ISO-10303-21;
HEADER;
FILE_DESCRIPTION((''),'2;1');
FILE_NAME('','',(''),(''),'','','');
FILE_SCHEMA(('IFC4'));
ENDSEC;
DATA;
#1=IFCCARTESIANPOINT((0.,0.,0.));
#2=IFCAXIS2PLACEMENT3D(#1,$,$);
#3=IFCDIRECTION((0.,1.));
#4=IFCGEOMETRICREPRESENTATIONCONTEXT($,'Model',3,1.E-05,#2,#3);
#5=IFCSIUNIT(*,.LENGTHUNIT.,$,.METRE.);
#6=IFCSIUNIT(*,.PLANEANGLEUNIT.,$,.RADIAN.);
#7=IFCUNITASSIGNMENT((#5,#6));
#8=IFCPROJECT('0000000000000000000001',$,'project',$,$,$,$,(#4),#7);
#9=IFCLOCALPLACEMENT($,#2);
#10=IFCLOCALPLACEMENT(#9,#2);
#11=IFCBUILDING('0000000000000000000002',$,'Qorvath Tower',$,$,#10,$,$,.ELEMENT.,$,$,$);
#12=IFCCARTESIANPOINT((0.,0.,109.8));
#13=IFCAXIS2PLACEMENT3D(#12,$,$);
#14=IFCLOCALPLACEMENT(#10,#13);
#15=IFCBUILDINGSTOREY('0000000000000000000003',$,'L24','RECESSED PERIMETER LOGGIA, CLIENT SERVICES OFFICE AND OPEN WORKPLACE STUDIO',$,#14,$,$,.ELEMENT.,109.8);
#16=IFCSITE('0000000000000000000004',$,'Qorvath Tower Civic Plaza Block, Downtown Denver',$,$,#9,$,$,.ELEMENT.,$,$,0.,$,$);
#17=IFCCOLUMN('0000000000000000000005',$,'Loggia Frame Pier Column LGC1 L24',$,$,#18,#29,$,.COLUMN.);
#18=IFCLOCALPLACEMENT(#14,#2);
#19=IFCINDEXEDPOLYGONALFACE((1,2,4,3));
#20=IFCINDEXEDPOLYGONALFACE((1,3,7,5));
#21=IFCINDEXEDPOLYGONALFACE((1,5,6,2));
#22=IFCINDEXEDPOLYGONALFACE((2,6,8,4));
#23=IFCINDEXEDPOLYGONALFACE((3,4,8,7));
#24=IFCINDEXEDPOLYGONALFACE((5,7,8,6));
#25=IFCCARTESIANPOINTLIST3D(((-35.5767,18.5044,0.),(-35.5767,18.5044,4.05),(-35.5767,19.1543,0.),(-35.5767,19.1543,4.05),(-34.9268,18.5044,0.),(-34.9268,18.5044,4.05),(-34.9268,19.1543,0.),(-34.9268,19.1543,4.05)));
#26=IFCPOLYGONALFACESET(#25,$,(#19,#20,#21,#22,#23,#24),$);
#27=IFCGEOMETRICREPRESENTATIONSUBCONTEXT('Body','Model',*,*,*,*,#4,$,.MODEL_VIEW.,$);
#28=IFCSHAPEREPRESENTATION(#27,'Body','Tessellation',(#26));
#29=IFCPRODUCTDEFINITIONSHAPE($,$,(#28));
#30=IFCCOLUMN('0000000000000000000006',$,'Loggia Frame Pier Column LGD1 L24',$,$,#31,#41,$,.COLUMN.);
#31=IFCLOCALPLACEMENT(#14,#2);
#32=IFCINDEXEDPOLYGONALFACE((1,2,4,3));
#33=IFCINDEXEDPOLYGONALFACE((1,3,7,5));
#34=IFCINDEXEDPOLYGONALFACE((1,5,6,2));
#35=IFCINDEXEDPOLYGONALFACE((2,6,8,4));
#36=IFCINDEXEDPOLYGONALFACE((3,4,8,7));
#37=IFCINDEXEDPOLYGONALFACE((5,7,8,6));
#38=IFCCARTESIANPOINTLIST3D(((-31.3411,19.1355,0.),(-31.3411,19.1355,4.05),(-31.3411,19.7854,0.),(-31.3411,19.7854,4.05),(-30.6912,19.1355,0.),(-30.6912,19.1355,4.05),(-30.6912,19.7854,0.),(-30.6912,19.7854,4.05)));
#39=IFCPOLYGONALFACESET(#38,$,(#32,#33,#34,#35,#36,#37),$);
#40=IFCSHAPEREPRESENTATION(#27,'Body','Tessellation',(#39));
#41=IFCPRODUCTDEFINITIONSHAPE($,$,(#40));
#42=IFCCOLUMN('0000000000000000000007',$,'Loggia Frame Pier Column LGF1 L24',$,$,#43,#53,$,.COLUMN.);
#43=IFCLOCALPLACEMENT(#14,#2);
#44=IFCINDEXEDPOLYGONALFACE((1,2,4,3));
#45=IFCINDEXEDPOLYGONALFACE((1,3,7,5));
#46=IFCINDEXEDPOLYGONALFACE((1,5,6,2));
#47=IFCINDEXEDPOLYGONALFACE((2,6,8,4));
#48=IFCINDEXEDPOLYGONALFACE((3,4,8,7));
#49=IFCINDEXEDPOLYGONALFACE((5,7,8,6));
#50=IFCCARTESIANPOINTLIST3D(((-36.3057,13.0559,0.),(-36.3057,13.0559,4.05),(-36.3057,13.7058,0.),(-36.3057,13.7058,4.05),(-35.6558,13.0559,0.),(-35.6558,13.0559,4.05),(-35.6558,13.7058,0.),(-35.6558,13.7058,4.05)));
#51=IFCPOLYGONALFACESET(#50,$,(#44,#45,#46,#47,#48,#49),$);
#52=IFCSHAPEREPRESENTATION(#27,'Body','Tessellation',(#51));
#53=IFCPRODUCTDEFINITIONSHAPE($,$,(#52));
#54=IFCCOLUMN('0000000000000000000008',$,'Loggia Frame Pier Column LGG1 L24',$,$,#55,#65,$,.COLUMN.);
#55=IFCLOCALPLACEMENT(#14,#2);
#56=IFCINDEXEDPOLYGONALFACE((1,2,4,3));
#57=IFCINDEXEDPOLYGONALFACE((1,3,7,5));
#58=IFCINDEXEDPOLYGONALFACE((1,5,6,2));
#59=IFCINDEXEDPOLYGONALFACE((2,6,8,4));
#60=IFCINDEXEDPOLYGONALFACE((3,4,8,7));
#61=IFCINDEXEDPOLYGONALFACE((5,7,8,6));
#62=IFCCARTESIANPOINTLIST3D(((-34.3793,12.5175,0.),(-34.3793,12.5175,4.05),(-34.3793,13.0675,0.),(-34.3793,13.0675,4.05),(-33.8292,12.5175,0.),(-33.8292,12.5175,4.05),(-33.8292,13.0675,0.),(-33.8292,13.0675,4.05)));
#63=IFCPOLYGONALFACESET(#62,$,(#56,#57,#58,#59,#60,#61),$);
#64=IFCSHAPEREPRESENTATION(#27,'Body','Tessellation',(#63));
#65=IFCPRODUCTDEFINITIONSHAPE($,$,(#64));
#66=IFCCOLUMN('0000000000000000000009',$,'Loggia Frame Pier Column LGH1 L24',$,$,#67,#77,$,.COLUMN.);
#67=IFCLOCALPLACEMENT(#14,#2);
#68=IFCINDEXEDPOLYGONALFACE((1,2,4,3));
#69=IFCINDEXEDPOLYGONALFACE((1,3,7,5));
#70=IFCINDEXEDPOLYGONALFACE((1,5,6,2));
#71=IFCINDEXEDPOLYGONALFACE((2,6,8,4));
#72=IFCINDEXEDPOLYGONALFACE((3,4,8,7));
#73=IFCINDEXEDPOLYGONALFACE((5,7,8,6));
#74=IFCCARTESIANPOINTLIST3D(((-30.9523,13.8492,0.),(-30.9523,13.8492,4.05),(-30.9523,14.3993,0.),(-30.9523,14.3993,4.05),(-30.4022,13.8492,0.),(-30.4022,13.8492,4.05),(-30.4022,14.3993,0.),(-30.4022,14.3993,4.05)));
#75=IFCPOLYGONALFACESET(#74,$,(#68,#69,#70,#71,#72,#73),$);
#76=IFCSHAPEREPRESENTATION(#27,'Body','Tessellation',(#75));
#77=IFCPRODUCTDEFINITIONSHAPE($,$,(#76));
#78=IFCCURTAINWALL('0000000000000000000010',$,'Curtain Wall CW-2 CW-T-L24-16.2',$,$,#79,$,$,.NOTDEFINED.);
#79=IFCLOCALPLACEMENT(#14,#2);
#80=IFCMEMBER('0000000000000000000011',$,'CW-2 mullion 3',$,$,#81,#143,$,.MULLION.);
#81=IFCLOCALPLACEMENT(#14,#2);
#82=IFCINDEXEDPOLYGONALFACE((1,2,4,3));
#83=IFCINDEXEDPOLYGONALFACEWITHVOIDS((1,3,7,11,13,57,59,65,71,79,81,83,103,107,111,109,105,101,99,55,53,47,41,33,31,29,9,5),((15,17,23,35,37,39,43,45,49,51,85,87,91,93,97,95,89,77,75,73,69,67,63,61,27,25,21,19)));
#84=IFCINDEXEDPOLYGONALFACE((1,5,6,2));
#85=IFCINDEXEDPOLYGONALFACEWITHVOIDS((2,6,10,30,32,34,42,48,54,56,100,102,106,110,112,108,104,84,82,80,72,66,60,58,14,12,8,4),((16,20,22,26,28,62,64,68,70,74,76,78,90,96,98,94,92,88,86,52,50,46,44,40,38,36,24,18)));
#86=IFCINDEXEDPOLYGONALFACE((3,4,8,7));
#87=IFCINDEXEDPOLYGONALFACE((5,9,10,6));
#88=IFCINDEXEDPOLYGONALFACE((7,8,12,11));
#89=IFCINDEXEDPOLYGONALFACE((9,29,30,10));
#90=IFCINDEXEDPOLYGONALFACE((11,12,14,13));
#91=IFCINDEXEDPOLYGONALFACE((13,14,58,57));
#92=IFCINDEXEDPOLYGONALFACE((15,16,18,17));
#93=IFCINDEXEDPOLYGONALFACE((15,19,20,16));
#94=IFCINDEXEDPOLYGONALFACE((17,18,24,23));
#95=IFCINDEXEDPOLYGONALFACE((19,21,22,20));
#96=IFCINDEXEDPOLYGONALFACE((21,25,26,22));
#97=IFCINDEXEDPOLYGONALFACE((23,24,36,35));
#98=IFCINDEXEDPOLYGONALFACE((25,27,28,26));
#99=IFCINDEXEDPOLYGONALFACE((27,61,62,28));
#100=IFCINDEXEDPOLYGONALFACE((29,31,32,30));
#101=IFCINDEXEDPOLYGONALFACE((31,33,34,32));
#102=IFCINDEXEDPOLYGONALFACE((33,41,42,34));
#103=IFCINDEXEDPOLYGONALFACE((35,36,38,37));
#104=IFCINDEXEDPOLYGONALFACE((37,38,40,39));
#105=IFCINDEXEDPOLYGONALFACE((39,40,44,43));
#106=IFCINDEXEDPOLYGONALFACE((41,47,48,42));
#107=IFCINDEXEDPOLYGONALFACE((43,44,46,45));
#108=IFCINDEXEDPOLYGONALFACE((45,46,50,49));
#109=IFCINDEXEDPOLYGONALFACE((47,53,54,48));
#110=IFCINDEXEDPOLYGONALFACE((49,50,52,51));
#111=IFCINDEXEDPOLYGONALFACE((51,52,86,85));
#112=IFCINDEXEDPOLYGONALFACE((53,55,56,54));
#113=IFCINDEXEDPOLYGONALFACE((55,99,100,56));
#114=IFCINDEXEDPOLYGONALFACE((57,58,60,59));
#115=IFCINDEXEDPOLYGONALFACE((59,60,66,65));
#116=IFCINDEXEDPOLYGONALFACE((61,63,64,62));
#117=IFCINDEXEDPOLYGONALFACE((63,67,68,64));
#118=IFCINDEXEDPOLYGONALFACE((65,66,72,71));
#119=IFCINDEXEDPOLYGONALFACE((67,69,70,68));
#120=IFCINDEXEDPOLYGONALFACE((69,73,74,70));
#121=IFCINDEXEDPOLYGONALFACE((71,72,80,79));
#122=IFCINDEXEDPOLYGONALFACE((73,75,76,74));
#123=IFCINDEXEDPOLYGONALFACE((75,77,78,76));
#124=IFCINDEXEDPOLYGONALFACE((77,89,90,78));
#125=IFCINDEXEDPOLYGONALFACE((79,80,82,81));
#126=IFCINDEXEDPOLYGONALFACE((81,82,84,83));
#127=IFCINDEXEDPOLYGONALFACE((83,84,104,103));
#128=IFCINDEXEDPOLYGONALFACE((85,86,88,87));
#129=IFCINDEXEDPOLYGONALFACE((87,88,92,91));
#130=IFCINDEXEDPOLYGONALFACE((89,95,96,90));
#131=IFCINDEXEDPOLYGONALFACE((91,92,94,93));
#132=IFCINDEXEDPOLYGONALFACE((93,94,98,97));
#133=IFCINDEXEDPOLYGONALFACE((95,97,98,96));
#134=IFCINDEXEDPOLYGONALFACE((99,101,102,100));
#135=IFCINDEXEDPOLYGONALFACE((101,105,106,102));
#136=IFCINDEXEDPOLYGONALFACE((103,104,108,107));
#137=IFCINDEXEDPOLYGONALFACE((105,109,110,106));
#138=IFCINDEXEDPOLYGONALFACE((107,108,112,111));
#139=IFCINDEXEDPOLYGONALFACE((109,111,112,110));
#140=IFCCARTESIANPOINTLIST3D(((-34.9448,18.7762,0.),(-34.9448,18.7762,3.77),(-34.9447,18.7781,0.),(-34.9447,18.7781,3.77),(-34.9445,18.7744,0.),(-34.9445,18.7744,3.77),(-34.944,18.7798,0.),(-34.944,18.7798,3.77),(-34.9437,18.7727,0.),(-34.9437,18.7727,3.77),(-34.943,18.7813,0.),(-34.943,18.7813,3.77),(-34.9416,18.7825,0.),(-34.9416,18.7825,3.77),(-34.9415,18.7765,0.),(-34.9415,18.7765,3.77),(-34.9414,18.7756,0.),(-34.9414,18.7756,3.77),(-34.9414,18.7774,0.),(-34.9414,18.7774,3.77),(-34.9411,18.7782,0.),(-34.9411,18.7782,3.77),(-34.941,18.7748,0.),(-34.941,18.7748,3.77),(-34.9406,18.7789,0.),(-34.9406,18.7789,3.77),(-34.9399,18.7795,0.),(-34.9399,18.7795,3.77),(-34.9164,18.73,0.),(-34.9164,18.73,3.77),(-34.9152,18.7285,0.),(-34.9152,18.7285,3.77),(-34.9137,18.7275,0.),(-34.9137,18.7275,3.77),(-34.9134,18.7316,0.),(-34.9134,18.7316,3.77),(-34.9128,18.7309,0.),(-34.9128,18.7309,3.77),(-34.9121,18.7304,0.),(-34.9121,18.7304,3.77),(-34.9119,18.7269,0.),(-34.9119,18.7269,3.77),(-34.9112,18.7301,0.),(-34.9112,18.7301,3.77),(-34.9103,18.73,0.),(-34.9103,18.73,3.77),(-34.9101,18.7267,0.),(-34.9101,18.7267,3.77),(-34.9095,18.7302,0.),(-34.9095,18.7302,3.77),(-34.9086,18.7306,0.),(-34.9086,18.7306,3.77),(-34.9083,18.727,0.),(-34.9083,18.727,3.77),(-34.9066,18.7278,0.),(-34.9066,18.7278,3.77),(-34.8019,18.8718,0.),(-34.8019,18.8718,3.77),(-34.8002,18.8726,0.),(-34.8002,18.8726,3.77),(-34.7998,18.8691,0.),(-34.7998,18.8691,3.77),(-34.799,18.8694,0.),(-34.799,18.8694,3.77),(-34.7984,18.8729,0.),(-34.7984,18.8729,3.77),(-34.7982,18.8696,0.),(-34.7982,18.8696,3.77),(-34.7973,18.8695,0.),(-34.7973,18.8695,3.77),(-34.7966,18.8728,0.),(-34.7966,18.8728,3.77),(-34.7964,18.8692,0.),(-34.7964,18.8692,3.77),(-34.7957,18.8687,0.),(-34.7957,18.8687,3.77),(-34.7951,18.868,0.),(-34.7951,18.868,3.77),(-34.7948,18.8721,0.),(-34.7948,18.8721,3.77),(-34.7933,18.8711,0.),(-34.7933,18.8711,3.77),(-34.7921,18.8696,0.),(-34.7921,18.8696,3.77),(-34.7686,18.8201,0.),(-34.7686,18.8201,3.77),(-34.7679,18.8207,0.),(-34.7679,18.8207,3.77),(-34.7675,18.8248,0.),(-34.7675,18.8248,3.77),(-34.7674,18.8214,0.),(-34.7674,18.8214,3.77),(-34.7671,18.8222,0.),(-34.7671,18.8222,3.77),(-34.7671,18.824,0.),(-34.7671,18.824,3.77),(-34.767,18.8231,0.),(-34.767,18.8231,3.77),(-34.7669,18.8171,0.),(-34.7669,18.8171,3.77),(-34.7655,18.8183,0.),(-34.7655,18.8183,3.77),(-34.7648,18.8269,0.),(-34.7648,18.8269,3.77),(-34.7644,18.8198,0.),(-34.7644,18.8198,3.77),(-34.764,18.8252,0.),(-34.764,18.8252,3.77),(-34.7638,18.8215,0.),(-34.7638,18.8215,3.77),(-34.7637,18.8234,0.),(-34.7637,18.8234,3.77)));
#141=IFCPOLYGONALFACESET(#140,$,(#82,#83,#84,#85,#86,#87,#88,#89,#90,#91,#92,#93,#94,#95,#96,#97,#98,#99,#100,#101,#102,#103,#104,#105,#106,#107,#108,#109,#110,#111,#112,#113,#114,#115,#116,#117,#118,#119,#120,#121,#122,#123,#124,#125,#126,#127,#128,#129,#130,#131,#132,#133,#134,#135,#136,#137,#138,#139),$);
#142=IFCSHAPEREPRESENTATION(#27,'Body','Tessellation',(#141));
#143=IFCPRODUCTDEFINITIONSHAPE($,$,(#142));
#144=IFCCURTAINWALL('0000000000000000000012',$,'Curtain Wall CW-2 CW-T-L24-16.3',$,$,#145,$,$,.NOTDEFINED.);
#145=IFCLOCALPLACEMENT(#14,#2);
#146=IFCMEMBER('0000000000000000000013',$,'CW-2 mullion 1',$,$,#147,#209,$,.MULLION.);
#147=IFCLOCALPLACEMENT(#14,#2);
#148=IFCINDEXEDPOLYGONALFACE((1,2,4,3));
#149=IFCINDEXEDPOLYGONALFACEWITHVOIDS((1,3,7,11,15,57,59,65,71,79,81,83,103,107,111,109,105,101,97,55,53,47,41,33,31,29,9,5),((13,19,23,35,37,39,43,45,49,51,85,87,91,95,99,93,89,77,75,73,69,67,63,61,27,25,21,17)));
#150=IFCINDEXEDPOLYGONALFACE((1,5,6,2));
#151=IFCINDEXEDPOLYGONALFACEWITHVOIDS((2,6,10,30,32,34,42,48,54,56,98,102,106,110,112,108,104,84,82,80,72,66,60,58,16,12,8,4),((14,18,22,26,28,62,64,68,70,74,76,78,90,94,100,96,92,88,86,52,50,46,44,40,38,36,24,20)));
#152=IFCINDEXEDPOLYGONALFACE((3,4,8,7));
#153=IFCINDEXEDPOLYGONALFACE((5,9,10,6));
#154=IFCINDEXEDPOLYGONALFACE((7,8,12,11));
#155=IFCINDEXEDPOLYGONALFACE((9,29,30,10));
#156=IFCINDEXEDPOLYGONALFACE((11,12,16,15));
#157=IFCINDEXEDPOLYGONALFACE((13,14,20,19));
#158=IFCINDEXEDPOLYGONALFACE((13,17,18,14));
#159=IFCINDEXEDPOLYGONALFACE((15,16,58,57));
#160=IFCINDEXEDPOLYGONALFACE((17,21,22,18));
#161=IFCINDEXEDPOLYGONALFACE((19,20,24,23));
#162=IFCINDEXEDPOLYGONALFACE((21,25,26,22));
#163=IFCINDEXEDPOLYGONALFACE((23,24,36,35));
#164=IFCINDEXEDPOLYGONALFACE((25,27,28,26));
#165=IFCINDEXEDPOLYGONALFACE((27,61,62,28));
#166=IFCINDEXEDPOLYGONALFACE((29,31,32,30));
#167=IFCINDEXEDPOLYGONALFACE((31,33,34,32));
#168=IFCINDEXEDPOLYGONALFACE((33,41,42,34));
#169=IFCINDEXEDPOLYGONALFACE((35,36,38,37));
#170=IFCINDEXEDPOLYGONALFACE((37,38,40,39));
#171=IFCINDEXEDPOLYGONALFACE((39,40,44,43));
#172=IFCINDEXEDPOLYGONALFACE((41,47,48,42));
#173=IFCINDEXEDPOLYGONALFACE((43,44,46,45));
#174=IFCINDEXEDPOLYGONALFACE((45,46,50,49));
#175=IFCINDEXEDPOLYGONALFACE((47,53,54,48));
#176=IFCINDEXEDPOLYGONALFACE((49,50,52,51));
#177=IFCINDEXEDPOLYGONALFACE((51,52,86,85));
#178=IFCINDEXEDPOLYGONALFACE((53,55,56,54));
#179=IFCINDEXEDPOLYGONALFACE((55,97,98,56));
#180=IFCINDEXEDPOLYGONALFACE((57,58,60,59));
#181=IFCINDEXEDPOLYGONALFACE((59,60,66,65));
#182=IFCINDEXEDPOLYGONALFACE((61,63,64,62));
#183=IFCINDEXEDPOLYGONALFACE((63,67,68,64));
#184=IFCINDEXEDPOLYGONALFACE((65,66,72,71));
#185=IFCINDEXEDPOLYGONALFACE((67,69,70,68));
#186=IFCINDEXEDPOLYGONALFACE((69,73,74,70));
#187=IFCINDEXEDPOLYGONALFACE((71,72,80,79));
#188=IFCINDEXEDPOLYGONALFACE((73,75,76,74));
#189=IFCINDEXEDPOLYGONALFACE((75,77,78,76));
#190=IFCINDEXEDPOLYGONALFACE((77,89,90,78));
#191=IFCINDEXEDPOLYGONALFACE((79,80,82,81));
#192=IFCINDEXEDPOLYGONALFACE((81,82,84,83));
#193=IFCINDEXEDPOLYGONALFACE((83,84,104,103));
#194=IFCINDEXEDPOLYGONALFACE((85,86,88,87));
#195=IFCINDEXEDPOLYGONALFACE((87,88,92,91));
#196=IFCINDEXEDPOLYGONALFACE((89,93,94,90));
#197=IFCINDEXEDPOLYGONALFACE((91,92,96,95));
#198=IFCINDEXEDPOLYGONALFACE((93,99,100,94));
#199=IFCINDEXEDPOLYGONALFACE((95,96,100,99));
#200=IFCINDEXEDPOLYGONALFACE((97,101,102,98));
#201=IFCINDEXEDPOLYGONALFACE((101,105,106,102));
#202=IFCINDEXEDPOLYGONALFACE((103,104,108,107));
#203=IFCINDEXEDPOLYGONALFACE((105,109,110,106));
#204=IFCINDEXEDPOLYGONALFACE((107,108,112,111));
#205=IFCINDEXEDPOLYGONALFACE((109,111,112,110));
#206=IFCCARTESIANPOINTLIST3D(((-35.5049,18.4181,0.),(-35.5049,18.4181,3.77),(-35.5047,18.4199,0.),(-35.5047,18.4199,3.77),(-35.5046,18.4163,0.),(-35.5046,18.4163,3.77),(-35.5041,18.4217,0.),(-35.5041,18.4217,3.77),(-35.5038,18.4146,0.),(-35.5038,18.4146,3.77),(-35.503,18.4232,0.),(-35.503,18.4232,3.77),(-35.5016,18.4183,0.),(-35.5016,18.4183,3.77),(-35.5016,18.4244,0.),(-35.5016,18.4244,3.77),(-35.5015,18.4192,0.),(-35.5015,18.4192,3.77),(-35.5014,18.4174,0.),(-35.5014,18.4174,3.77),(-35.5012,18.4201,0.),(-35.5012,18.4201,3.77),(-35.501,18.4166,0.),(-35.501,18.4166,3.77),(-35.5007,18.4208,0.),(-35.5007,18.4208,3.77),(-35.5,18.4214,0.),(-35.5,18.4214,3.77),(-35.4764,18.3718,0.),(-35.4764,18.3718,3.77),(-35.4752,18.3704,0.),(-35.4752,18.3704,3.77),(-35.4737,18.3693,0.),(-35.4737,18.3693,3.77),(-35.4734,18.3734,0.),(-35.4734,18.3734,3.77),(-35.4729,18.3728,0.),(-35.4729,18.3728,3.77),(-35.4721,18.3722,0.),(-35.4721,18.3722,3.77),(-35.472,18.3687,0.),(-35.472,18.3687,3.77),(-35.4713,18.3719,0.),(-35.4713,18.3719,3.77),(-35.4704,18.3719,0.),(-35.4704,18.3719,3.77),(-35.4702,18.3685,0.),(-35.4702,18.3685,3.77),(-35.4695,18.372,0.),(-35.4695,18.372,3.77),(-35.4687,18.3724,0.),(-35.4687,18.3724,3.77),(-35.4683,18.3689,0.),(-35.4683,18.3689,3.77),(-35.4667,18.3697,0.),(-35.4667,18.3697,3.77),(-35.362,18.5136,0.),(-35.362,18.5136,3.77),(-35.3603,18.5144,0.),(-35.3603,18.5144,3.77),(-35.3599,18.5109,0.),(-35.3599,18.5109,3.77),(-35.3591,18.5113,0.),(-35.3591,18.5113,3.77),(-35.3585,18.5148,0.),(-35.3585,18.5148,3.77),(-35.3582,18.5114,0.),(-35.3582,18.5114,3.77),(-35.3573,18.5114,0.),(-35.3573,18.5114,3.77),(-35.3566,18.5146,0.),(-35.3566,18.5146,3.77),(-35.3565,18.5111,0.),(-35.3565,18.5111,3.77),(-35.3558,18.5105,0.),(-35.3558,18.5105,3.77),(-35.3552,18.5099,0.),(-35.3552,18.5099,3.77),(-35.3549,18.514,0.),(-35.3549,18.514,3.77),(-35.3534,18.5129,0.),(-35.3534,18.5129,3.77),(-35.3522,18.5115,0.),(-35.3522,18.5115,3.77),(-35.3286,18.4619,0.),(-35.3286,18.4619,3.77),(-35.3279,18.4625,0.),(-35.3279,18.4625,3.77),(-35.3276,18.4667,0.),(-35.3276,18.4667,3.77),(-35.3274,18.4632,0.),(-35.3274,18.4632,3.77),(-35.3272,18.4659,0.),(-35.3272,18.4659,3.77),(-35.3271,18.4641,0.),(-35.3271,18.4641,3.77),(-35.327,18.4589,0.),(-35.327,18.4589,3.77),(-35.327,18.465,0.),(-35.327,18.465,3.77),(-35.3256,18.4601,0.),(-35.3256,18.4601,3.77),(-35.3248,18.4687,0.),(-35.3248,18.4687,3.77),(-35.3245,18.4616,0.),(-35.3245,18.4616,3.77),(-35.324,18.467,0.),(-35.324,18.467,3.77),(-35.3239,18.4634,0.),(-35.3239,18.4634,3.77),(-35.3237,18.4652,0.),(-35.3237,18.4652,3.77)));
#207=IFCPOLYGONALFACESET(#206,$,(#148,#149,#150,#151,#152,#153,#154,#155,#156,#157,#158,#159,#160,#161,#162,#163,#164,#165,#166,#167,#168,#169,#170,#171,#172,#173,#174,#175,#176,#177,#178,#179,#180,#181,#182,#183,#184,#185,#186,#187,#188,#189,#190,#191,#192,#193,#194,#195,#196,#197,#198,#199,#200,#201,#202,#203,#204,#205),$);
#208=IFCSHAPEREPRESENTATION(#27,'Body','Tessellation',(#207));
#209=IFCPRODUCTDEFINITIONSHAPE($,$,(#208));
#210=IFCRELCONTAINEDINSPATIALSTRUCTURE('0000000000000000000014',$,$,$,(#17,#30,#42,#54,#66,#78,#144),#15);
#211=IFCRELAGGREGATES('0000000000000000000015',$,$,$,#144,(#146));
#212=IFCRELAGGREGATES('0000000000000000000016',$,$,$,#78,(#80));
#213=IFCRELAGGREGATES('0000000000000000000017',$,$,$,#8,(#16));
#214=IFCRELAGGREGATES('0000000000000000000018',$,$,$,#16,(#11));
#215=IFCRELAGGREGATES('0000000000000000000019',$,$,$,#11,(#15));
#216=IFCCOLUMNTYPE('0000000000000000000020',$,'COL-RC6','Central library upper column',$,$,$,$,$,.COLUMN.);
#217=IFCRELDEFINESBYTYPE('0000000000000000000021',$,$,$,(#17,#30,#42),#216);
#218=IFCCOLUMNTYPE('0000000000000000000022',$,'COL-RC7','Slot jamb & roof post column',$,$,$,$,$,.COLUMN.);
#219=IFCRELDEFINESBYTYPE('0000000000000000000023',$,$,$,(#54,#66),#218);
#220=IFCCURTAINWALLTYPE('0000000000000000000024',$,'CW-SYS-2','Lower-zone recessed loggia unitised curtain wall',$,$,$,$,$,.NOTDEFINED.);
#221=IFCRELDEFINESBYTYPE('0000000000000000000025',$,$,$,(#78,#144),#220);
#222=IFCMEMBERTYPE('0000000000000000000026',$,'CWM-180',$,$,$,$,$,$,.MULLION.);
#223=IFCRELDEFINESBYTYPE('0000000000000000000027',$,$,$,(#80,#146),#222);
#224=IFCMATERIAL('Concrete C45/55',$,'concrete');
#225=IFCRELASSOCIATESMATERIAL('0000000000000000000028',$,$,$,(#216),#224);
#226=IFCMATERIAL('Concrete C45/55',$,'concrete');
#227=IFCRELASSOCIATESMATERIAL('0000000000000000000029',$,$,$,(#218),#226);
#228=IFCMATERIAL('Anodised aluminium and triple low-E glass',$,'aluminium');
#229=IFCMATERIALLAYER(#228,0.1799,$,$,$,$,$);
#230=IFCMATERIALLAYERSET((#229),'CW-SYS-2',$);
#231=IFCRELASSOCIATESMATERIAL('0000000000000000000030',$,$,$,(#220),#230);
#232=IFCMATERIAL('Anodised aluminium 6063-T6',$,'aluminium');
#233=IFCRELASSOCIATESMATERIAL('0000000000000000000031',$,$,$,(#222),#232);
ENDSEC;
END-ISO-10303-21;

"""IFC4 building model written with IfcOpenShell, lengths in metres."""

from ifc_helpers import new_model, si_unit, direction, frame, origin, origin_2d, place, context, subcontext, project, spatial, rectangle, hollow_rectangle, extrude, material, layer, layer_set, material_profile, profile_set, type_object, element, aggregate, save


model = new_model("IFC4")

# Units and contexts
model_context = context("Model", 3, precision=1e-05, world=origin(), true_north=direction((0.0, 1.0)))
body_context = subcontext(model_context, "Body", "Model", "MODEL_VIEW")
ifc_project = project(units=[si_unit("LENGTHUNIT", "METRE"), si_unit("PLANEANGLEUNIT", "RADIAN")], contexts=[model_context])

# Site, building, storey
site_placement = place(None, origin())
site = spatial("IfcSite", under=ifc_project, at=site_placement, Name="Qorvath Tower Civic Plaza Block, Downtown Denver", CompositionType="ELEMENT", RefElevation=0.0)
building_placement = place(site_placement, origin())
building = spatial("IfcBuilding", under=site, at=building_placement, Name="Qorvath Tower", CompositionType="ELEMENT")
storey_placement = place(building_placement, frame((0.0, 0.0, 109.8)))
storey = spatial("IfcBuildingStorey", under=building, at=storey_placement, Name="L24", Description="RECESSED PERIMETER LOGGIA, CLIENT SERVICES OFFICE AND OPEN WORKPLACE STUDIO", CompositionType="ELEMENT", Elevation=109.8)

# Columns
ifc_material_1 = material(Name="Concrete C45/55", Category="concrete")
ifc_material_profile_1 = material_profile(ifc_material_1, rectangle(XDim=0.6499, YDim=0.6499, at=origin_2d()), Name="RC 650x650")
ifc_profile_set_1 = profile_set([ifc_material_profile_1], Name="Concrete C45/55")
column_type_1 = type_object("IfcColumnType", Name="COL-RC6", Description="Central library upper column", PredefinedType="COLUMN", material=ifc_profile_set_1)
for number, where, z_axis, x_axis, name in (
    (1, (-35.2517, 18.8293, 0.0), (0.0, 0.0, 1.0), (1.0, 0.0, 0.0), "Loggia Frame Pier Column LGC1 L24"),
    (2, (-31.0161, 19.4604, 0.0), (0.0, 0.0, 1.0), (1.0, 0.0, 0.0), "Loggia Frame Pier Column LGD1 L24"),
    (3, (-35.9807, 13.3809, 0.0), (0.0, 0.0, 1.0), (1.0, 0.0, 0.0), "Loggia Frame Pier Column LGF1 L24"),
):
    element("IfcColumn", number, at=place(storey_placement, frame(where, z_axis=z_axis, x_axis=x_axis)), inside=storey, type_object=column_type_1, Name=name, PredefinedType="COLUMN", context=body_context, shape_type="SweptSolid", body=[
        extrude(rectangle(XDim=0.6499, YDim=0.6499, at=origin_2d()), origin(), (0.0, 0.0, 1.0), 4.05),
    ])
ifc_material_2 = material(Name="Concrete C45/55", Category="concrete")
ifc_material_profile_2 = material_profile(ifc_material_2, rectangle(XDim=0.55, YDim=0.55, at=origin_2d()), Name="RC 550x550")
ifc_profile_set_2 = profile_set([ifc_material_profile_2], Name="Concrete C45/55")
column_type_2 = type_object("IfcColumnType", Name="COL-RC7", Description="Slot jamb & roof post column", PredefinedType="COLUMN", material=ifc_profile_set_2)
for number, where, z_axis, x_axis, name in (
    (4, (-34.1042, 12.7925, 0.0), (0.0, 0.0, 1.0), (1.0, 0.0, 0.0), "Loggia Frame Pier Column LGG1 L24"),
    (5, (-30.6772, 14.1243, 0.0), (0.0, 0.0, 1.0), (1.0, 0.0, 0.0), "Loggia Frame Pier Column LGH1 L24"),
):
    element("IfcColumn", number, at=place(storey_placement, frame(where, z_axis=z_axis, x_axis=x_axis)), inside=storey, type_object=column_type_2, Name=name, PredefinedType="COLUMN", context=body_context, shape_type="SweptSolid", body=[
        extrude(rectangle(XDim=0.55, YDim=0.55, at=origin_2d()), origin(), (0.0, 0.0, 1.0), 4.05),
    ])

# Curtain wall, member
ifc_material_3 = material(Name="Anodised aluminium and triple low-E glass", Category="aluminium")
ifc_layer_1 = layer(ifc_material_3, 0.1799)
ifc_layer_set_1 = layer_set([ifc_layer_1], Name="CW-SYS-2")
curtain_wall_type = type_object("IfcCurtainWallType", Name="CW-SYS-2", Description="Lower-zone recessed loggia unitised curtain wall", PredefinedType="NOTDEFINED", material=ifc_layer_set_1)
curtain_wall_1_placement = place(storey_placement, origin())
curtain_wall_1 = element("IfcCurtainWall", 6, at=curtain_wall_1_placement, inside=storey, type_object=curtain_wall_type, Name="Curtain Wall CW-2 CW-T-L24-16.2", PredefinedType="NOTDEFINED")
ifc_material_4 = material(Name="Anodised aluminium 6063-T6", Category="aluminium")
ifc_material_profile_3 = material_profile(ifc_material_4, hollow_rectangle(XDim=0.0649, YDim=0.1799, WallThickness=0.0034, InnerFilletRadius=0.0034, OuterFilletRadius=0.0071, at=origin_2d()), Name="CWM 180x65")
ifc_profile_set_3 = profile_set([ifc_material_profile_3], Name="Anodised aluminium 6063-T6")
member_type_1 = type_object("IfcMemberType", Name="CWM-180", PredefinedType="MULLION", material=ifc_profile_set_3)
member_1_placement = place(storey_placement, frame((-34.8542, 18.7998, 0.0), z_axis=(0.0, 0.0, 1.0), x_axis=(0.538543, -0.842598, 0.0)))
member_1 = element("IfcMember", 7, at=member_1_placement, type_object=member_type_1, Name="CW-2 mullion 3", PredefinedType="MULLION", context=body_context, shape_type="SweptSolid", body=[
    extrude(hollow_rectangle(XDim=0.0649, YDim=0.1799, WallThickness=0.0034, InnerFilletRadius=0.0034, OuterFilletRadius=0.0071, at=origin_2d()), origin(), (0.0, 0.0, 1.0), 3.77),
])

# Curtain wall, member
curtain_wall_2_placement = place(storey_placement, origin())
curtain_wall_2 = element("IfcCurtainWall", 8, at=curtain_wall_2_placement, inside=storey, type_object=curtain_wall_type, Name="Curtain Wall CW-2 CW-T-L24-16.3", PredefinedType="NOTDEFINED")
member_2_placement = place(storey_placement, frame((-35.4143, 18.4417, 0.0), z_axis=(0.0, 0.0, 1.0), x_axis=(0.53853, -0.842606, 0.0)))
member_2 = element("IfcMember", 9, at=member_2_placement, type_object=member_type_1, Name="CW-2 mullion 1", PredefinedType="MULLION", context=body_context, shape_type="SweptSolid", body=[
    extrude(hollow_rectangle(XDim=0.0649, YDim=0.1799, WallThickness=0.0034, InnerFilletRadius=0.0034, OuterFilletRadius=0.0071, at=origin_2d()), origin(), (0.0, 0.0, 1.0), 3.77),
])
aggregate(curtain_wall_2, [member_2])

aggregate(curtain_wall_1, [member_1])

save(model, "model.ifc")
